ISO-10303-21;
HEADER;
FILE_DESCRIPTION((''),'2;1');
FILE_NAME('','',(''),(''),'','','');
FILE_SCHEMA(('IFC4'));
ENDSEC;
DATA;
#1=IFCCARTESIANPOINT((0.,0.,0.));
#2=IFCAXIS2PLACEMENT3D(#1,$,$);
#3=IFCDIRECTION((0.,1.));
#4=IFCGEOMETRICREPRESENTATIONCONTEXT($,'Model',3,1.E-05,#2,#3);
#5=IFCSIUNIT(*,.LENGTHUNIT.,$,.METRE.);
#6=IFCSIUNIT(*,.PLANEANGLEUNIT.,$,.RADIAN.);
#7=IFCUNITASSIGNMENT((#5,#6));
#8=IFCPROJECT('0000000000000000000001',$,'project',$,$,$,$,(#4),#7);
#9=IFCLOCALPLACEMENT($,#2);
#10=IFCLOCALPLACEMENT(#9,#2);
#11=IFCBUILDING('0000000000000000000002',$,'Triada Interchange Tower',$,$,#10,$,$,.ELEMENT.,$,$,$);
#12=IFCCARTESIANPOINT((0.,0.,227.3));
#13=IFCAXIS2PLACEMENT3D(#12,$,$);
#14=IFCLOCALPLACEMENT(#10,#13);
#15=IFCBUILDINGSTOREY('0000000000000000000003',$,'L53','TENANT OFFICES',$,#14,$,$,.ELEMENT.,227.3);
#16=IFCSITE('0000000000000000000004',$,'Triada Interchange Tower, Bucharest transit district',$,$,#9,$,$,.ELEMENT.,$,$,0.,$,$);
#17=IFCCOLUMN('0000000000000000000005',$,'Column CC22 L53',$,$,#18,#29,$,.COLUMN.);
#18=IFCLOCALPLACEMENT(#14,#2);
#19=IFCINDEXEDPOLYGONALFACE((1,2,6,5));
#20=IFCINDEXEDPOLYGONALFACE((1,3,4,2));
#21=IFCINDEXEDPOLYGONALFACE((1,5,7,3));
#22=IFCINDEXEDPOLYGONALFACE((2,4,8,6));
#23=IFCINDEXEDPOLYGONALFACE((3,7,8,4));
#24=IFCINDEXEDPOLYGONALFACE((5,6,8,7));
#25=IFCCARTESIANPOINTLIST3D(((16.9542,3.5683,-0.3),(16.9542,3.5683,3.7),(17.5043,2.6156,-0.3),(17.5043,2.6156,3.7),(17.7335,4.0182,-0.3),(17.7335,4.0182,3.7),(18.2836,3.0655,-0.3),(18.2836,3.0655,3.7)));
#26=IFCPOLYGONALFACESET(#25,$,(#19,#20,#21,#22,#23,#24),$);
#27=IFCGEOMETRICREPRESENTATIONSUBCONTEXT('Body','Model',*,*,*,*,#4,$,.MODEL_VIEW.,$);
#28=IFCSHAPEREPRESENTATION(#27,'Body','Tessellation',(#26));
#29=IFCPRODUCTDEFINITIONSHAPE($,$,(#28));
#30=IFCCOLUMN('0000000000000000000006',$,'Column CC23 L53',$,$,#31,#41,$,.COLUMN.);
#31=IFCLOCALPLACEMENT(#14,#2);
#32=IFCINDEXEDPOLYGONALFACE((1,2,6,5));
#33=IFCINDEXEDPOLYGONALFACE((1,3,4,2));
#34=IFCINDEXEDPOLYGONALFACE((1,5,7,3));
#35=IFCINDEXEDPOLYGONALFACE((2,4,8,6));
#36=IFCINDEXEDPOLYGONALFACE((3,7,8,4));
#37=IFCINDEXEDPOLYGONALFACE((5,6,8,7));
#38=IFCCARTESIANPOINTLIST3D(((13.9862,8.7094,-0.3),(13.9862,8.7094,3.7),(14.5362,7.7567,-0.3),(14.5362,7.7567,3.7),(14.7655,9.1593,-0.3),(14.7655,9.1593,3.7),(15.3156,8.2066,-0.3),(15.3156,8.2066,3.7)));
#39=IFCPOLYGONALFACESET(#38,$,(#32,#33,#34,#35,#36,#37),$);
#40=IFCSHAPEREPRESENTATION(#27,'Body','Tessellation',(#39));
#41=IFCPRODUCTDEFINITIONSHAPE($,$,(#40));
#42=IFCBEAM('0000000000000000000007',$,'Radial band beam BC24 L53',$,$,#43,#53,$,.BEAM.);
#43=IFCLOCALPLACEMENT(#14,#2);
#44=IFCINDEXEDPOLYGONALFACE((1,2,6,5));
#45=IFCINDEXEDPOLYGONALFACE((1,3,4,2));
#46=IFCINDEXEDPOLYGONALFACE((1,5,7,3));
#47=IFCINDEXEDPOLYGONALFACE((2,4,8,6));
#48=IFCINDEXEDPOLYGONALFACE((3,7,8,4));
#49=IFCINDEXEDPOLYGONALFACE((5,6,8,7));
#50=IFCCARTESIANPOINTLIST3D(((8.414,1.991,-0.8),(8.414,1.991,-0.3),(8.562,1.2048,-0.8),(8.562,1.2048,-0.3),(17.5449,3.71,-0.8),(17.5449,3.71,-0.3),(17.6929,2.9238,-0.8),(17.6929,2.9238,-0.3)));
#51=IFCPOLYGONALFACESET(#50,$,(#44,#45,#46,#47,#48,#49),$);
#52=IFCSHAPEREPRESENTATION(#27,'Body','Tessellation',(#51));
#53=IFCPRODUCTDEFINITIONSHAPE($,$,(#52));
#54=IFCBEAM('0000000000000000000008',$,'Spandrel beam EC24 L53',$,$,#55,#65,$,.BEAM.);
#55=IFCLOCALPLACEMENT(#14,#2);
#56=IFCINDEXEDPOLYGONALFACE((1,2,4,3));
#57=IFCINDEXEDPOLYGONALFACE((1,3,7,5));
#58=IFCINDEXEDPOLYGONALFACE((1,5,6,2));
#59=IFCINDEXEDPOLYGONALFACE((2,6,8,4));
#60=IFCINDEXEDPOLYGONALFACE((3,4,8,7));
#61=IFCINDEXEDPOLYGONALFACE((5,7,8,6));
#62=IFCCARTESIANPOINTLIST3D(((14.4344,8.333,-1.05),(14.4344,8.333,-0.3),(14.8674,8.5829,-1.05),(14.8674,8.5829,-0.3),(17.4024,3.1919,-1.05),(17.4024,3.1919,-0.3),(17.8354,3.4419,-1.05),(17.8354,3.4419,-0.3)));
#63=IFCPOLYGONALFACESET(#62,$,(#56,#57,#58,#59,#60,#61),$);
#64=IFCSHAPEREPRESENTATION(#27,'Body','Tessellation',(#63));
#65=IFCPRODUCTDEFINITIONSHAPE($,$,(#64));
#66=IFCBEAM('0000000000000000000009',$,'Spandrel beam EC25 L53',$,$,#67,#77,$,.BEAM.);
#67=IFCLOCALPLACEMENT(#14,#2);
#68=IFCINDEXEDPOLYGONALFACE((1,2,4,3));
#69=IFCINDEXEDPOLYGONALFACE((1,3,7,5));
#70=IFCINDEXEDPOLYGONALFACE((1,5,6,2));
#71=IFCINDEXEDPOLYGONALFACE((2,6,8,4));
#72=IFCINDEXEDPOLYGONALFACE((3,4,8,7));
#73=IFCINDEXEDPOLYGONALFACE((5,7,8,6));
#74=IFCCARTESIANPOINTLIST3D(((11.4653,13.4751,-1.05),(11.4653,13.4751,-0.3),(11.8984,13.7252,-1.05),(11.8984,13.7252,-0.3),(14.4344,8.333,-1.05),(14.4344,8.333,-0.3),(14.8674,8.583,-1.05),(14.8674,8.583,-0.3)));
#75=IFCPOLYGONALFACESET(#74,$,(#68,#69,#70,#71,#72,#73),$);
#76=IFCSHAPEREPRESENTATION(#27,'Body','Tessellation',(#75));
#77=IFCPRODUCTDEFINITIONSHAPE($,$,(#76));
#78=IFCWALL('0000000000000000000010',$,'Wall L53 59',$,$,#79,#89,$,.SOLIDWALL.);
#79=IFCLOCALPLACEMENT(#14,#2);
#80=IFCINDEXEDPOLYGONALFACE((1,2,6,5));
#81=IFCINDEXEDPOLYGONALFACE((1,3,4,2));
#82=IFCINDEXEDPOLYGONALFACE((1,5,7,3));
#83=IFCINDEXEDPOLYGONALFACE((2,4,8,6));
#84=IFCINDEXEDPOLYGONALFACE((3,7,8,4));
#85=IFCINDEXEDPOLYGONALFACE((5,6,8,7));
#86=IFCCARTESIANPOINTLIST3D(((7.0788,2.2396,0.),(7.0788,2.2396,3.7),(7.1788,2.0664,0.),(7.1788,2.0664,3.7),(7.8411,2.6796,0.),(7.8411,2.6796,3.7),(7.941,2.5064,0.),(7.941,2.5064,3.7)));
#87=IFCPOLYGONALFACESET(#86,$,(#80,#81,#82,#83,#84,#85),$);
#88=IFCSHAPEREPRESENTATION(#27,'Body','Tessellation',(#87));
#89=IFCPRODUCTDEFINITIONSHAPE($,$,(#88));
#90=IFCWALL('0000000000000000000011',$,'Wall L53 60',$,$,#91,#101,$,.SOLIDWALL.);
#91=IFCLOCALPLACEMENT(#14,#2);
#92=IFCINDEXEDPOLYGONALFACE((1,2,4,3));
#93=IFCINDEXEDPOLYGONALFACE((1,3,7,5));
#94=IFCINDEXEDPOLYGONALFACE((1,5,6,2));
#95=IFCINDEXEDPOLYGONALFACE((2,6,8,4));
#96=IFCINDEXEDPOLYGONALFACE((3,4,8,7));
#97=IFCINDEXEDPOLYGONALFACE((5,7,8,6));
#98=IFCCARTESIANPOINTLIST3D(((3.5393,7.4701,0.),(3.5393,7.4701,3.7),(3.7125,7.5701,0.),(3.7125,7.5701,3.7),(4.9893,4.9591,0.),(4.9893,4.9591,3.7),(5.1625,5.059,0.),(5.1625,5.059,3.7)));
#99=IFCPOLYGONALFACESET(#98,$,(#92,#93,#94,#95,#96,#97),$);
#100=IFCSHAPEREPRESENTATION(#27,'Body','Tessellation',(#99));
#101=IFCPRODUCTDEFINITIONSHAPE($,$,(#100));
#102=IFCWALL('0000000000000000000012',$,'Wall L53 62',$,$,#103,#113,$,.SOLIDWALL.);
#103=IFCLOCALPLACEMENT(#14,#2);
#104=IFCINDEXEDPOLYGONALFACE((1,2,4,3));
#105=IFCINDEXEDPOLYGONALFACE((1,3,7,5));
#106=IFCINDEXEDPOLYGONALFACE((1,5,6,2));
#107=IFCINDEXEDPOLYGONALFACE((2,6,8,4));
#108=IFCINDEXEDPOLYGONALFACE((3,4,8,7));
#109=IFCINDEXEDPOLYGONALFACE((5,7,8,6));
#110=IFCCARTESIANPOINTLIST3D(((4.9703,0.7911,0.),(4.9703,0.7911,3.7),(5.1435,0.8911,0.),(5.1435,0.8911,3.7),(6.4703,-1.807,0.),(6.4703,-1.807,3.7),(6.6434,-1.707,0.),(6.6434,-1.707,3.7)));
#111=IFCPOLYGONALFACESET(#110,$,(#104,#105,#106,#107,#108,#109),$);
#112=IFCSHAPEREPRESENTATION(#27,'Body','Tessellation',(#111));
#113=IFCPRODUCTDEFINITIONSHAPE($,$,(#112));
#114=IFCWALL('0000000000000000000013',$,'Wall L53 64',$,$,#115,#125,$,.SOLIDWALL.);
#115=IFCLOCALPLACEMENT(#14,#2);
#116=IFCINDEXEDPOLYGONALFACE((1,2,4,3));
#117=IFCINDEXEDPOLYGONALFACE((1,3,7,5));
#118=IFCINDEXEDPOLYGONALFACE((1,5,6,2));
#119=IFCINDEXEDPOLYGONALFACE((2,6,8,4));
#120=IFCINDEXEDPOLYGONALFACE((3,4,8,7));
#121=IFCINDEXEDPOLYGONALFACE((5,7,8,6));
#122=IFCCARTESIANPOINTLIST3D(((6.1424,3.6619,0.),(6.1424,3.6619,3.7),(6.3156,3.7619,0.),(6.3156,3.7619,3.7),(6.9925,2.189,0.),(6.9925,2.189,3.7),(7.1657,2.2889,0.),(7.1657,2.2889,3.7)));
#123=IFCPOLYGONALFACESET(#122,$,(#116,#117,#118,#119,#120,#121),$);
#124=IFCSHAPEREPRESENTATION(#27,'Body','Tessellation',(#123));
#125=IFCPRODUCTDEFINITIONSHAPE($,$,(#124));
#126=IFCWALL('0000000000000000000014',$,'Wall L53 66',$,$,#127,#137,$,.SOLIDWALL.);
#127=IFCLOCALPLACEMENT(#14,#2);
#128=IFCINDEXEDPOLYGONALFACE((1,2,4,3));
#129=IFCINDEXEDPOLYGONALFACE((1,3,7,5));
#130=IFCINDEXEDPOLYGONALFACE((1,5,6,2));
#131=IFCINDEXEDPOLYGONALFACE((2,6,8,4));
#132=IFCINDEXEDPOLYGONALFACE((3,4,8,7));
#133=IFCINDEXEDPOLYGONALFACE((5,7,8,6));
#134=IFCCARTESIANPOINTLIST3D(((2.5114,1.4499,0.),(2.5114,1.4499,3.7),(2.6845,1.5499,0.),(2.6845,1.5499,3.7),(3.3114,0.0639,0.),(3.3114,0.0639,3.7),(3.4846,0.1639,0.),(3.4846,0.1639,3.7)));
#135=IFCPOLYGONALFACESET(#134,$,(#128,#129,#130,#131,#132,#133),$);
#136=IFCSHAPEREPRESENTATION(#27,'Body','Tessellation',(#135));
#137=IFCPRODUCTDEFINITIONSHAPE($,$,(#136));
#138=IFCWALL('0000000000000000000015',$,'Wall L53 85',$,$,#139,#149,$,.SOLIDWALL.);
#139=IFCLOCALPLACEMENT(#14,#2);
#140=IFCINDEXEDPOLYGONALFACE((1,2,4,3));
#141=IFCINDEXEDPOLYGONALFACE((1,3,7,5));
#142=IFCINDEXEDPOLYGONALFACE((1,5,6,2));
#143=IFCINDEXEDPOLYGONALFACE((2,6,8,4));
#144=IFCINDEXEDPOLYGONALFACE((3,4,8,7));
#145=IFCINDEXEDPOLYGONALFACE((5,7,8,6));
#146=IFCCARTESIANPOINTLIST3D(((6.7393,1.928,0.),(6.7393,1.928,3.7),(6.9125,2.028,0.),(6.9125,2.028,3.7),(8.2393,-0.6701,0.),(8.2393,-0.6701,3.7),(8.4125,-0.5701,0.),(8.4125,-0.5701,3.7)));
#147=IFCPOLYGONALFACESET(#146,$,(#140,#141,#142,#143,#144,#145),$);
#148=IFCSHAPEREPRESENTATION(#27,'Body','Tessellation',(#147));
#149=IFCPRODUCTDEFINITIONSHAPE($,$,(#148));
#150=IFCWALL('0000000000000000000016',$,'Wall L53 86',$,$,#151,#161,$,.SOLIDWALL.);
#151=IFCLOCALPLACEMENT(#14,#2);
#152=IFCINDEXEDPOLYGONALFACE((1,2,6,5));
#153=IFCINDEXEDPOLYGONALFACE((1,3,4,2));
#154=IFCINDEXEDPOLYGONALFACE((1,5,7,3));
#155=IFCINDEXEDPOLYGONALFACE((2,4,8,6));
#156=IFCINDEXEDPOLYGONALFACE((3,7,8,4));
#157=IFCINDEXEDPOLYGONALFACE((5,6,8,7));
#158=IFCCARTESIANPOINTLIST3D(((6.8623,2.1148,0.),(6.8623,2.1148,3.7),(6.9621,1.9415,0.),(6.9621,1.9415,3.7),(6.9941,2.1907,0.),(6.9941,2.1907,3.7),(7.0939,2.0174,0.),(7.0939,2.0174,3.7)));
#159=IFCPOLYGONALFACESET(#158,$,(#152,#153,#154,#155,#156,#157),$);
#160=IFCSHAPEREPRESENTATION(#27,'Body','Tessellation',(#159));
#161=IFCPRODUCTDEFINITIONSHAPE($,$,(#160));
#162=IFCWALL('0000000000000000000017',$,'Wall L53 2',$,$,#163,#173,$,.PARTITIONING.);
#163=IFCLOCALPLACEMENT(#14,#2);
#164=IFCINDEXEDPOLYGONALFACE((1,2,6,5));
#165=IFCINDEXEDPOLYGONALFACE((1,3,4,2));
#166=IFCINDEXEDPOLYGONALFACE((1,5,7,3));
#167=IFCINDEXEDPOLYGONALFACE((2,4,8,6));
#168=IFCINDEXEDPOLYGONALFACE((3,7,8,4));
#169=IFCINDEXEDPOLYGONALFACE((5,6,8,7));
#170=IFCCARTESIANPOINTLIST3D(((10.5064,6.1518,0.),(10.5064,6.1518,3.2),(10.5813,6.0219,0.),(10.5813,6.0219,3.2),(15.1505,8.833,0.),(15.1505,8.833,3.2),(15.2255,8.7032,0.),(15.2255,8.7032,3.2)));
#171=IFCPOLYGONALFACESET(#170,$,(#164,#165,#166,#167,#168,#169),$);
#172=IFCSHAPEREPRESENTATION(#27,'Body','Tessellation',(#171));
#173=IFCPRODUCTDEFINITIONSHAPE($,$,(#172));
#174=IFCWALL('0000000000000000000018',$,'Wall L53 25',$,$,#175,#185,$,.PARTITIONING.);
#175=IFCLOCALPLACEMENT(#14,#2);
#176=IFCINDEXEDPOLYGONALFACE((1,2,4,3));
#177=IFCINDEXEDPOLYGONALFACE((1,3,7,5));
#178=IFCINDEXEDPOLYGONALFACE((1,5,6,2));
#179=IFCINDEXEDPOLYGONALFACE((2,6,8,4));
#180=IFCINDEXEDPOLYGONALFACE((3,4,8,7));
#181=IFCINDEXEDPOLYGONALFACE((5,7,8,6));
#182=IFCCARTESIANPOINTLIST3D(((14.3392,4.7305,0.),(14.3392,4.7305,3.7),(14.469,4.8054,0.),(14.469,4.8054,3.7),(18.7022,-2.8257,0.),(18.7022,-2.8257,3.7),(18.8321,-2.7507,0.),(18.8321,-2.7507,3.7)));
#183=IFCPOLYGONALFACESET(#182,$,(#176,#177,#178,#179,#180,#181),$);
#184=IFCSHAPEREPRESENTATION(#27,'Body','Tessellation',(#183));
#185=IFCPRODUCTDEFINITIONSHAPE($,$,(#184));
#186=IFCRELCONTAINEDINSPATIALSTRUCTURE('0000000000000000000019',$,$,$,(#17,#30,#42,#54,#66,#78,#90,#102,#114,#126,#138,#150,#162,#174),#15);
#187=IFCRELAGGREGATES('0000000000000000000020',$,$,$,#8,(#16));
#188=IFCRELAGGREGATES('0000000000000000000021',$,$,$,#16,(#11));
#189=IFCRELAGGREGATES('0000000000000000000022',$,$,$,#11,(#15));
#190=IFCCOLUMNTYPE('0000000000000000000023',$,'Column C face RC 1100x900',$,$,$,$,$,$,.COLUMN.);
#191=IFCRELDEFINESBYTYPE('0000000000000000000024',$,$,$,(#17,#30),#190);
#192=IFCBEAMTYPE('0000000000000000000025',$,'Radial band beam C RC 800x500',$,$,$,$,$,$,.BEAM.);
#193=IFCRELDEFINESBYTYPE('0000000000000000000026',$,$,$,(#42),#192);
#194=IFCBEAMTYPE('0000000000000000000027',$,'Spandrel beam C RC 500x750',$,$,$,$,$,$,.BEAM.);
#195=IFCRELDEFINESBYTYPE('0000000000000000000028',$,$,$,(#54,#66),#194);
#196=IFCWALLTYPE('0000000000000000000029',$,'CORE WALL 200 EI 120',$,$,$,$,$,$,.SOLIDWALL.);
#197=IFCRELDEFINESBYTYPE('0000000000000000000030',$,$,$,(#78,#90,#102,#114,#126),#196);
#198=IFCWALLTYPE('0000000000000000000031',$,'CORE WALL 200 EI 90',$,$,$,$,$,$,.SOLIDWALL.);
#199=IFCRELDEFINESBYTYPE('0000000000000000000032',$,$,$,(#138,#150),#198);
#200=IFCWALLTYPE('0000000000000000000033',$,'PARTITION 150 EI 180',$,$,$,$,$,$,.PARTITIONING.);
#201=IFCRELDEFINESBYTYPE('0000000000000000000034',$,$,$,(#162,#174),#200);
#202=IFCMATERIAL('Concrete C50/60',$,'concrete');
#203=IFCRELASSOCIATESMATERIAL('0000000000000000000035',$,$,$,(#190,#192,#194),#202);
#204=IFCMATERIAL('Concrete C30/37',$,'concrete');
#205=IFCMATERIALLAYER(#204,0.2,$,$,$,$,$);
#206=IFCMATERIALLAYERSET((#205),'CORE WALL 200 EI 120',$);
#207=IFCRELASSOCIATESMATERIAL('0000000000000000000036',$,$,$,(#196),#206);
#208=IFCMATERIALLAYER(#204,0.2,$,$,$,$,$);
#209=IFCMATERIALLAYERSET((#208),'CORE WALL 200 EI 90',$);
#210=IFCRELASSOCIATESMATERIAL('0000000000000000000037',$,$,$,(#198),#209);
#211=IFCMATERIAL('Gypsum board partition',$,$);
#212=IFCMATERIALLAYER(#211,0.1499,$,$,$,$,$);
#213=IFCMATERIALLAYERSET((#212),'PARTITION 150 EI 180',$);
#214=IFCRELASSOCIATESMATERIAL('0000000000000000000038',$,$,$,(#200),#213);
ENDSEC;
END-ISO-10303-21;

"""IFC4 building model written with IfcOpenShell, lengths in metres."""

from ifc_helpers import new_model, si_unit, direction, frame, frame_2d, origin, origin_2d, place, context, subcontext, project, spatial, rectangle, extrude, material, layer, layer_set, material_profile, profile_set, type_object, element, save


model = new_model("IFC4")

# Units and contexts
model_context = context("Model", 3, precision=1e-05, world=origin(), true_north=direction((0.0, 1.0)))
body_context = subcontext(model_context, "Body", "Model", "MODEL_VIEW")
ifc_project = project(units=[si_unit("LENGTHUNIT", "METRE"), si_unit("PLANEANGLEUNIT", "RADIAN")], contexts=[model_context])

# Site, building, storey
site_placement = place(None, origin())
site = spatial("IfcSite", under=ifc_project, at=site_placement, Name="Triada Interchange Tower, Bucharest transit district", CompositionType="ELEMENT", RefElevation=0.0)
building_placement = place(site_placement, origin())
building = spatial("IfcBuilding", under=site, at=building_placement, Name="Triada Interchange Tower", CompositionType="ELEMENT")
storey_placement = place(building_placement, frame((0.0, 0.0, 227.3)))
storey = spatial("IfcBuildingStorey", under=building, at=storey_placement, Name="L53", Description="TENANT OFFICES", CompositionType="ELEMENT", Elevation=227.3)

# Columns
ifc_material_1 = material(Name="Concrete C50/60", Category="concrete")
ifc_material_profile_1 = material_profile(ifc_material_1, rectangle(XDim=1.1001, YDim=0.8999, at=origin_2d()), Name="RC 1100x900")
ifc_profile_set_1 = profile_set([ifc_material_profile_1], Name="Concrete C50/60")
column_type = type_object("IfcColumnType", Name="Column C face RC 1100x900", PredefinedType="COLUMN", material=ifc_profile_set_1)
for number, where, z_axis, x_axis, name in (
    (1, (17.6189, 3.3169, -0.3), (0.0, 0.0, 1.0), (-0.5, 0.866025, 0.0), "Column CC22 L53"),
    (2, (14.6509, 8.458, -0.3), (0.0, 0.0, 1.0), (-0.5, 0.866025, 0.0), "Column CC23 L53"),
):
    element("IfcColumn", number, at=place(storey_placement, frame(where, z_axis=z_axis, x_axis=x_axis)), inside=storey, type_object=column_type, Name=name, PredefinedType="COLUMN", context=body_context, shape_type="SweptSolid", body=[
        extrude(rectangle(XDim=1.1001, YDim=0.8999, at=origin_2d()), origin(), (0.0, 0.0, 1.0), 4.0),
    ])

# Beams
ifc_material_profile_2 = material_profile(ifc_material_1, rectangle(XDim=0.8, YDim=0.5, at=origin_2d()), Name="RC 800x500")
ifc_profile_set_2 = profile_set([ifc_material_profile_2], Name="Concrete C50/60")
beam_type_1 = type_object("IfcBeamType", Name="Radial band beam C RC 800x500", PredefinedType="BEAM", material=ifc_profile_set_2)
beam_1_placement = place(storey_placement, frame((17.6189, 3.3169, -0.55), z_axis=(-0.982736, -0.185012, 0.0), x_axis=(0.185012, -0.982736, 0.0)))
element("IfcBeam", 3, at=beam_1_placement, inside=storey, type_object=beam_type_1, Name="Radial band beam BC24 L53", PredefinedType="BEAM", context=body_context, shape_type="SweptSolid", body=[
    extrude(rectangle(XDim=0.8, YDim=0.5, at=origin_2d()), origin(), (0.0, 0.0, 1.0), 9.2913),
])
ifc_material_profile_3 = material_profile(ifc_material_1, rectangle(XDim=0.5, YDim=0.75, at=origin_2d()), Name="RC 500x750")
ifc_profile_set_3 = profile_set([ifc_material_profile_3], Name="Concrete C50/60")
beam_type_2 = type_object("IfcBeamType", Name="Spandrel beam C RC 500x750", PredefinedType="BEAM", material=ifc_profile_set_3)
beam_2_placement = place(storey_placement, frame((17.6189, 3.3169, -0.675), z_axis=(-0.499974, 0.86604, 0.0), x_axis=(-0.86604, -0.499974, 0.0)))
element("IfcBeam", 4, at=beam_2_placement, inside=storey, type_object=beam_type_2, Name="Spandrel beam EC24 L53", PredefinedType="BEAM", context=body_context, shape_type="SweptSolid", body=[
    extrude(rectangle(XDim=0.5, YDim=0.75, at=origin_2d()), origin(), (0.0, 0.0, 1.0), 5.9363),
])
beam_3_placement = place(storey_placement, frame((14.6509, 8.458, -0.675), z_axis=(-0.500026, 0.86601, 0.0), x_axis=(-0.86601, -0.500026, 0.0)))
element("IfcBeam", 5, at=beam_3_placement, inside=storey, type_object=beam_type_2, Name="Spandrel beam EC25 L53", PredefinedType="BEAM", context=body_context, shape_type="SweptSolid", body=[
    extrude(rectangle(XDim=0.5, YDim=0.75, at=origin_2d()), origin(), (0.0, 0.0, 1.0), 5.9377),
])

# Walls
ifc_material_2 = material(Name="Concrete C30/37", Category="concrete")
ifc_layer_1 = layer(ifc_material_2, 0.2)
ifc_layer_set_1 = layer_set([ifc_layer_1], Name="CORE WALL 200 EI 120")
wall_type_1 = type_object("IfcWallType", Name="CORE WALL 200 EI 120", PredefinedType="SOLIDWALL", material=ifc_layer_set_1)
wall_1_placement = place(storey_placement, frame((7.1289, 2.1531, 0.0), z_axis=(0.0, 0.0, 1.0), x_axis=(0.866084, 0.499899, 0.0)))
element("IfcWall", 6, at=wall_1_placement, inside=storey, type_object=wall_type_1, Name="Wall L53 59", PredefinedType="SOLIDWALL", context=body_context, shape_type="SweptSolid", body=[
    extrude(rectangle(XDim=0.8801, YDim=0.2, at=frame_2d((0.4399, 0.0))), origin(), (0.0, 0.0, 1.0), 3.7),
])
wall_2_placement = place(storey_placement, frame((3.626, 7.52, 0.0), z_axis=(0.0, 0.0, 1.0), x_axis=(0.50006, -0.865991, 0.0)))
element("IfcWall", 7, at=wall_2_placement, inside=storey, type_object=wall_type_1, Name="Wall L53 60", PredefinedType="SOLIDWALL", context=body_context, shape_type="SweptSolid", body=[
    extrude(rectangle(XDim=2.8997, YDim=0.2, at=frame_2d((1.4497, 0.0))), origin(), (0.0, 0.0, 1.0), 3.7),
])
wall_3_placement = place(storey_placement, frame((5.0569, 0.8411, 0.0), z_axis=(0.0, 0.0, 1.0), x_axis=(0.49999, -0.866031, 0.0)))
element("IfcWall", 8, at=wall_3_placement, inside=storey, type_object=wall_type_1, Name="Wall L53 62", PredefinedType="SOLIDWALL", context=body_context, shape_type="SweptSolid", body=[
    extrude(rectangle(XDim=3.0, YDim=0.2, at=frame_2d((1.5, 0.0))), origin(), (0.0, 0.0, 1.0), 3.7),
])
wall_4_placement = place(storey_placement, frame((6.229, 3.7119, 0.0), z_axis=(0.0, 0.0, 1.0), x_axis=(0.499876, -0.866097, 0.0)))
element("IfcWall", 9, at=wall_4_placement, inside=storey, type_object=wall_type_1, Name="Wall L53 64", PredefinedType="SOLIDWALL", context=body_context, shape_type="SweptSolid", body=[
    extrude(rectangle(XDim=1.7007, YDim=0.2, at=frame_2d((0.8503, 0.0))), origin(), (0.0, 0.0, 1.0), 3.7),
])
wall_5_placement = place(storey_placement, frame((2.5979, 1.5, 0.0), z_axis=(0.0, 0.0, 1.0), x_axis=(0.499929, -0.866066, 0.0)))
element("IfcWall", 10, at=wall_5_placement, inside=storey, type_object=wall_type_1, Name="Wall L53 66", PredefinedType="SOLIDWALL", context=body_context, shape_type="SweptSolid", body=[
    extrude(rectangle(XDim=1.6003, YDim=0.2, at=frame_2d((0.8003, 0.0))), origin(), (0.0, 0.0, 1.0), 3.7),
])
ifc_layer_2 = layer(ifc_material_2, 0.2)
ifc_layer_set_2 = layer_set([ifc_layer_2], Name="CORE WALL 200 EI 90")
wall_type_2 = type_object("IfcWallType", Name="CORE WALL 200 EI 90", PredefinedType="SOLIDWALL", material=ifc_layer_set_2)
wall_6_placement = place(storey_placement, frame((6.8259, 1.978, 0.0), z_axis=(0.0, 0.0, 1.0), x_axis=(0.49999, -0.866031, 0.0)))
element("IfcWall", 11, at=wall_6_placement, inside=storey, type_object=wall_type_2, Name="Wall L53 85", PredefinedType="SOLIDWALL", context=body_context, shape_type="SweptSolid", body=[
    extrude(rectangle(XDim=3.0, YDim=0.2, at=frame_2d((1.5, 0.0))), origin(), (0.0, 0.0, 1.0), 3.7),
])
wall_7_placement = place(storey_placement, frame((6.9121, 2.0281, 0.0), z_axis=(0.0, 0.0, 1.0), x_axis=(0.866559, 0.499074, 0.0)))
element("IfcWall", 12, at=wall_7_placement, inside=storey, type_object=wall_type_2, Name="Wall L53 86", PredefinedType="SOLIDWALL", context=body_context, shape_type="SweptSolid", body=[
    extrude(rectangle(XDim=0.1521, YDim=0.2, at=frame_2d((0.0762, 0.0))), origin(), (0.0, 0.0, 1.0), 3.7),
])
ifc_material_3 = material(Name="Gypsum board partition")
ifc_layer_3 = layer(ifc_material_3, 0.1499)
ifc_layer_set_3 = layer_set([ifc_layer_3], Name="PARTITION 150 EI 180")
wall_type_3 = type_object("IfcWallType", Name="PARTITION 150 EI 180", PredefinedType="PARTITIONING", material=ifc_layer_set_3)
wall_8_placement = place(storey_placement, frame((10.5439, 6.0869, 0.0), z_axis=(0.0, 0.0, 1.0), x_axis=(0.866032, 0.499988, 0.0)))
element("IfcWall", 13, at=wall_8_placement, inside=storey, type_object=wall_type_3, Name="Wall L53 2", PredefinedType="PARTITIONING", context=body_context, shape_type="SweptSolid", body=[
    extrude(rectangle(XDim=5.3625, YDim=0.1499, at=frame_2d((2.6812, 0.0))), origin(), (0.0, 0.0, 1.0), 3.2),
])
wall_9_placement = place(storey_placement, frame((14.4041, 4.7681, 0.0), z_axis=(0.0, 0.0, 1.0), x_axis=(0.500042, -0.866001, 0.0)))
element("IfcWall", 14, at=wall_9_placement, inside=storey, type_object=wall_type_3, Name="Wall L53 25", PredefinedType="PARTITIONING", context=body_context, shape_type="SweptSolid", body=[
    extrude(rectangle(XDim=8.7253, YDim=0.1499, at=frame_2d((4.3628, 0.0))), origin(), (0.0, 0.0, 1.0), 3.7),
])

save(model, "model.ifc")
